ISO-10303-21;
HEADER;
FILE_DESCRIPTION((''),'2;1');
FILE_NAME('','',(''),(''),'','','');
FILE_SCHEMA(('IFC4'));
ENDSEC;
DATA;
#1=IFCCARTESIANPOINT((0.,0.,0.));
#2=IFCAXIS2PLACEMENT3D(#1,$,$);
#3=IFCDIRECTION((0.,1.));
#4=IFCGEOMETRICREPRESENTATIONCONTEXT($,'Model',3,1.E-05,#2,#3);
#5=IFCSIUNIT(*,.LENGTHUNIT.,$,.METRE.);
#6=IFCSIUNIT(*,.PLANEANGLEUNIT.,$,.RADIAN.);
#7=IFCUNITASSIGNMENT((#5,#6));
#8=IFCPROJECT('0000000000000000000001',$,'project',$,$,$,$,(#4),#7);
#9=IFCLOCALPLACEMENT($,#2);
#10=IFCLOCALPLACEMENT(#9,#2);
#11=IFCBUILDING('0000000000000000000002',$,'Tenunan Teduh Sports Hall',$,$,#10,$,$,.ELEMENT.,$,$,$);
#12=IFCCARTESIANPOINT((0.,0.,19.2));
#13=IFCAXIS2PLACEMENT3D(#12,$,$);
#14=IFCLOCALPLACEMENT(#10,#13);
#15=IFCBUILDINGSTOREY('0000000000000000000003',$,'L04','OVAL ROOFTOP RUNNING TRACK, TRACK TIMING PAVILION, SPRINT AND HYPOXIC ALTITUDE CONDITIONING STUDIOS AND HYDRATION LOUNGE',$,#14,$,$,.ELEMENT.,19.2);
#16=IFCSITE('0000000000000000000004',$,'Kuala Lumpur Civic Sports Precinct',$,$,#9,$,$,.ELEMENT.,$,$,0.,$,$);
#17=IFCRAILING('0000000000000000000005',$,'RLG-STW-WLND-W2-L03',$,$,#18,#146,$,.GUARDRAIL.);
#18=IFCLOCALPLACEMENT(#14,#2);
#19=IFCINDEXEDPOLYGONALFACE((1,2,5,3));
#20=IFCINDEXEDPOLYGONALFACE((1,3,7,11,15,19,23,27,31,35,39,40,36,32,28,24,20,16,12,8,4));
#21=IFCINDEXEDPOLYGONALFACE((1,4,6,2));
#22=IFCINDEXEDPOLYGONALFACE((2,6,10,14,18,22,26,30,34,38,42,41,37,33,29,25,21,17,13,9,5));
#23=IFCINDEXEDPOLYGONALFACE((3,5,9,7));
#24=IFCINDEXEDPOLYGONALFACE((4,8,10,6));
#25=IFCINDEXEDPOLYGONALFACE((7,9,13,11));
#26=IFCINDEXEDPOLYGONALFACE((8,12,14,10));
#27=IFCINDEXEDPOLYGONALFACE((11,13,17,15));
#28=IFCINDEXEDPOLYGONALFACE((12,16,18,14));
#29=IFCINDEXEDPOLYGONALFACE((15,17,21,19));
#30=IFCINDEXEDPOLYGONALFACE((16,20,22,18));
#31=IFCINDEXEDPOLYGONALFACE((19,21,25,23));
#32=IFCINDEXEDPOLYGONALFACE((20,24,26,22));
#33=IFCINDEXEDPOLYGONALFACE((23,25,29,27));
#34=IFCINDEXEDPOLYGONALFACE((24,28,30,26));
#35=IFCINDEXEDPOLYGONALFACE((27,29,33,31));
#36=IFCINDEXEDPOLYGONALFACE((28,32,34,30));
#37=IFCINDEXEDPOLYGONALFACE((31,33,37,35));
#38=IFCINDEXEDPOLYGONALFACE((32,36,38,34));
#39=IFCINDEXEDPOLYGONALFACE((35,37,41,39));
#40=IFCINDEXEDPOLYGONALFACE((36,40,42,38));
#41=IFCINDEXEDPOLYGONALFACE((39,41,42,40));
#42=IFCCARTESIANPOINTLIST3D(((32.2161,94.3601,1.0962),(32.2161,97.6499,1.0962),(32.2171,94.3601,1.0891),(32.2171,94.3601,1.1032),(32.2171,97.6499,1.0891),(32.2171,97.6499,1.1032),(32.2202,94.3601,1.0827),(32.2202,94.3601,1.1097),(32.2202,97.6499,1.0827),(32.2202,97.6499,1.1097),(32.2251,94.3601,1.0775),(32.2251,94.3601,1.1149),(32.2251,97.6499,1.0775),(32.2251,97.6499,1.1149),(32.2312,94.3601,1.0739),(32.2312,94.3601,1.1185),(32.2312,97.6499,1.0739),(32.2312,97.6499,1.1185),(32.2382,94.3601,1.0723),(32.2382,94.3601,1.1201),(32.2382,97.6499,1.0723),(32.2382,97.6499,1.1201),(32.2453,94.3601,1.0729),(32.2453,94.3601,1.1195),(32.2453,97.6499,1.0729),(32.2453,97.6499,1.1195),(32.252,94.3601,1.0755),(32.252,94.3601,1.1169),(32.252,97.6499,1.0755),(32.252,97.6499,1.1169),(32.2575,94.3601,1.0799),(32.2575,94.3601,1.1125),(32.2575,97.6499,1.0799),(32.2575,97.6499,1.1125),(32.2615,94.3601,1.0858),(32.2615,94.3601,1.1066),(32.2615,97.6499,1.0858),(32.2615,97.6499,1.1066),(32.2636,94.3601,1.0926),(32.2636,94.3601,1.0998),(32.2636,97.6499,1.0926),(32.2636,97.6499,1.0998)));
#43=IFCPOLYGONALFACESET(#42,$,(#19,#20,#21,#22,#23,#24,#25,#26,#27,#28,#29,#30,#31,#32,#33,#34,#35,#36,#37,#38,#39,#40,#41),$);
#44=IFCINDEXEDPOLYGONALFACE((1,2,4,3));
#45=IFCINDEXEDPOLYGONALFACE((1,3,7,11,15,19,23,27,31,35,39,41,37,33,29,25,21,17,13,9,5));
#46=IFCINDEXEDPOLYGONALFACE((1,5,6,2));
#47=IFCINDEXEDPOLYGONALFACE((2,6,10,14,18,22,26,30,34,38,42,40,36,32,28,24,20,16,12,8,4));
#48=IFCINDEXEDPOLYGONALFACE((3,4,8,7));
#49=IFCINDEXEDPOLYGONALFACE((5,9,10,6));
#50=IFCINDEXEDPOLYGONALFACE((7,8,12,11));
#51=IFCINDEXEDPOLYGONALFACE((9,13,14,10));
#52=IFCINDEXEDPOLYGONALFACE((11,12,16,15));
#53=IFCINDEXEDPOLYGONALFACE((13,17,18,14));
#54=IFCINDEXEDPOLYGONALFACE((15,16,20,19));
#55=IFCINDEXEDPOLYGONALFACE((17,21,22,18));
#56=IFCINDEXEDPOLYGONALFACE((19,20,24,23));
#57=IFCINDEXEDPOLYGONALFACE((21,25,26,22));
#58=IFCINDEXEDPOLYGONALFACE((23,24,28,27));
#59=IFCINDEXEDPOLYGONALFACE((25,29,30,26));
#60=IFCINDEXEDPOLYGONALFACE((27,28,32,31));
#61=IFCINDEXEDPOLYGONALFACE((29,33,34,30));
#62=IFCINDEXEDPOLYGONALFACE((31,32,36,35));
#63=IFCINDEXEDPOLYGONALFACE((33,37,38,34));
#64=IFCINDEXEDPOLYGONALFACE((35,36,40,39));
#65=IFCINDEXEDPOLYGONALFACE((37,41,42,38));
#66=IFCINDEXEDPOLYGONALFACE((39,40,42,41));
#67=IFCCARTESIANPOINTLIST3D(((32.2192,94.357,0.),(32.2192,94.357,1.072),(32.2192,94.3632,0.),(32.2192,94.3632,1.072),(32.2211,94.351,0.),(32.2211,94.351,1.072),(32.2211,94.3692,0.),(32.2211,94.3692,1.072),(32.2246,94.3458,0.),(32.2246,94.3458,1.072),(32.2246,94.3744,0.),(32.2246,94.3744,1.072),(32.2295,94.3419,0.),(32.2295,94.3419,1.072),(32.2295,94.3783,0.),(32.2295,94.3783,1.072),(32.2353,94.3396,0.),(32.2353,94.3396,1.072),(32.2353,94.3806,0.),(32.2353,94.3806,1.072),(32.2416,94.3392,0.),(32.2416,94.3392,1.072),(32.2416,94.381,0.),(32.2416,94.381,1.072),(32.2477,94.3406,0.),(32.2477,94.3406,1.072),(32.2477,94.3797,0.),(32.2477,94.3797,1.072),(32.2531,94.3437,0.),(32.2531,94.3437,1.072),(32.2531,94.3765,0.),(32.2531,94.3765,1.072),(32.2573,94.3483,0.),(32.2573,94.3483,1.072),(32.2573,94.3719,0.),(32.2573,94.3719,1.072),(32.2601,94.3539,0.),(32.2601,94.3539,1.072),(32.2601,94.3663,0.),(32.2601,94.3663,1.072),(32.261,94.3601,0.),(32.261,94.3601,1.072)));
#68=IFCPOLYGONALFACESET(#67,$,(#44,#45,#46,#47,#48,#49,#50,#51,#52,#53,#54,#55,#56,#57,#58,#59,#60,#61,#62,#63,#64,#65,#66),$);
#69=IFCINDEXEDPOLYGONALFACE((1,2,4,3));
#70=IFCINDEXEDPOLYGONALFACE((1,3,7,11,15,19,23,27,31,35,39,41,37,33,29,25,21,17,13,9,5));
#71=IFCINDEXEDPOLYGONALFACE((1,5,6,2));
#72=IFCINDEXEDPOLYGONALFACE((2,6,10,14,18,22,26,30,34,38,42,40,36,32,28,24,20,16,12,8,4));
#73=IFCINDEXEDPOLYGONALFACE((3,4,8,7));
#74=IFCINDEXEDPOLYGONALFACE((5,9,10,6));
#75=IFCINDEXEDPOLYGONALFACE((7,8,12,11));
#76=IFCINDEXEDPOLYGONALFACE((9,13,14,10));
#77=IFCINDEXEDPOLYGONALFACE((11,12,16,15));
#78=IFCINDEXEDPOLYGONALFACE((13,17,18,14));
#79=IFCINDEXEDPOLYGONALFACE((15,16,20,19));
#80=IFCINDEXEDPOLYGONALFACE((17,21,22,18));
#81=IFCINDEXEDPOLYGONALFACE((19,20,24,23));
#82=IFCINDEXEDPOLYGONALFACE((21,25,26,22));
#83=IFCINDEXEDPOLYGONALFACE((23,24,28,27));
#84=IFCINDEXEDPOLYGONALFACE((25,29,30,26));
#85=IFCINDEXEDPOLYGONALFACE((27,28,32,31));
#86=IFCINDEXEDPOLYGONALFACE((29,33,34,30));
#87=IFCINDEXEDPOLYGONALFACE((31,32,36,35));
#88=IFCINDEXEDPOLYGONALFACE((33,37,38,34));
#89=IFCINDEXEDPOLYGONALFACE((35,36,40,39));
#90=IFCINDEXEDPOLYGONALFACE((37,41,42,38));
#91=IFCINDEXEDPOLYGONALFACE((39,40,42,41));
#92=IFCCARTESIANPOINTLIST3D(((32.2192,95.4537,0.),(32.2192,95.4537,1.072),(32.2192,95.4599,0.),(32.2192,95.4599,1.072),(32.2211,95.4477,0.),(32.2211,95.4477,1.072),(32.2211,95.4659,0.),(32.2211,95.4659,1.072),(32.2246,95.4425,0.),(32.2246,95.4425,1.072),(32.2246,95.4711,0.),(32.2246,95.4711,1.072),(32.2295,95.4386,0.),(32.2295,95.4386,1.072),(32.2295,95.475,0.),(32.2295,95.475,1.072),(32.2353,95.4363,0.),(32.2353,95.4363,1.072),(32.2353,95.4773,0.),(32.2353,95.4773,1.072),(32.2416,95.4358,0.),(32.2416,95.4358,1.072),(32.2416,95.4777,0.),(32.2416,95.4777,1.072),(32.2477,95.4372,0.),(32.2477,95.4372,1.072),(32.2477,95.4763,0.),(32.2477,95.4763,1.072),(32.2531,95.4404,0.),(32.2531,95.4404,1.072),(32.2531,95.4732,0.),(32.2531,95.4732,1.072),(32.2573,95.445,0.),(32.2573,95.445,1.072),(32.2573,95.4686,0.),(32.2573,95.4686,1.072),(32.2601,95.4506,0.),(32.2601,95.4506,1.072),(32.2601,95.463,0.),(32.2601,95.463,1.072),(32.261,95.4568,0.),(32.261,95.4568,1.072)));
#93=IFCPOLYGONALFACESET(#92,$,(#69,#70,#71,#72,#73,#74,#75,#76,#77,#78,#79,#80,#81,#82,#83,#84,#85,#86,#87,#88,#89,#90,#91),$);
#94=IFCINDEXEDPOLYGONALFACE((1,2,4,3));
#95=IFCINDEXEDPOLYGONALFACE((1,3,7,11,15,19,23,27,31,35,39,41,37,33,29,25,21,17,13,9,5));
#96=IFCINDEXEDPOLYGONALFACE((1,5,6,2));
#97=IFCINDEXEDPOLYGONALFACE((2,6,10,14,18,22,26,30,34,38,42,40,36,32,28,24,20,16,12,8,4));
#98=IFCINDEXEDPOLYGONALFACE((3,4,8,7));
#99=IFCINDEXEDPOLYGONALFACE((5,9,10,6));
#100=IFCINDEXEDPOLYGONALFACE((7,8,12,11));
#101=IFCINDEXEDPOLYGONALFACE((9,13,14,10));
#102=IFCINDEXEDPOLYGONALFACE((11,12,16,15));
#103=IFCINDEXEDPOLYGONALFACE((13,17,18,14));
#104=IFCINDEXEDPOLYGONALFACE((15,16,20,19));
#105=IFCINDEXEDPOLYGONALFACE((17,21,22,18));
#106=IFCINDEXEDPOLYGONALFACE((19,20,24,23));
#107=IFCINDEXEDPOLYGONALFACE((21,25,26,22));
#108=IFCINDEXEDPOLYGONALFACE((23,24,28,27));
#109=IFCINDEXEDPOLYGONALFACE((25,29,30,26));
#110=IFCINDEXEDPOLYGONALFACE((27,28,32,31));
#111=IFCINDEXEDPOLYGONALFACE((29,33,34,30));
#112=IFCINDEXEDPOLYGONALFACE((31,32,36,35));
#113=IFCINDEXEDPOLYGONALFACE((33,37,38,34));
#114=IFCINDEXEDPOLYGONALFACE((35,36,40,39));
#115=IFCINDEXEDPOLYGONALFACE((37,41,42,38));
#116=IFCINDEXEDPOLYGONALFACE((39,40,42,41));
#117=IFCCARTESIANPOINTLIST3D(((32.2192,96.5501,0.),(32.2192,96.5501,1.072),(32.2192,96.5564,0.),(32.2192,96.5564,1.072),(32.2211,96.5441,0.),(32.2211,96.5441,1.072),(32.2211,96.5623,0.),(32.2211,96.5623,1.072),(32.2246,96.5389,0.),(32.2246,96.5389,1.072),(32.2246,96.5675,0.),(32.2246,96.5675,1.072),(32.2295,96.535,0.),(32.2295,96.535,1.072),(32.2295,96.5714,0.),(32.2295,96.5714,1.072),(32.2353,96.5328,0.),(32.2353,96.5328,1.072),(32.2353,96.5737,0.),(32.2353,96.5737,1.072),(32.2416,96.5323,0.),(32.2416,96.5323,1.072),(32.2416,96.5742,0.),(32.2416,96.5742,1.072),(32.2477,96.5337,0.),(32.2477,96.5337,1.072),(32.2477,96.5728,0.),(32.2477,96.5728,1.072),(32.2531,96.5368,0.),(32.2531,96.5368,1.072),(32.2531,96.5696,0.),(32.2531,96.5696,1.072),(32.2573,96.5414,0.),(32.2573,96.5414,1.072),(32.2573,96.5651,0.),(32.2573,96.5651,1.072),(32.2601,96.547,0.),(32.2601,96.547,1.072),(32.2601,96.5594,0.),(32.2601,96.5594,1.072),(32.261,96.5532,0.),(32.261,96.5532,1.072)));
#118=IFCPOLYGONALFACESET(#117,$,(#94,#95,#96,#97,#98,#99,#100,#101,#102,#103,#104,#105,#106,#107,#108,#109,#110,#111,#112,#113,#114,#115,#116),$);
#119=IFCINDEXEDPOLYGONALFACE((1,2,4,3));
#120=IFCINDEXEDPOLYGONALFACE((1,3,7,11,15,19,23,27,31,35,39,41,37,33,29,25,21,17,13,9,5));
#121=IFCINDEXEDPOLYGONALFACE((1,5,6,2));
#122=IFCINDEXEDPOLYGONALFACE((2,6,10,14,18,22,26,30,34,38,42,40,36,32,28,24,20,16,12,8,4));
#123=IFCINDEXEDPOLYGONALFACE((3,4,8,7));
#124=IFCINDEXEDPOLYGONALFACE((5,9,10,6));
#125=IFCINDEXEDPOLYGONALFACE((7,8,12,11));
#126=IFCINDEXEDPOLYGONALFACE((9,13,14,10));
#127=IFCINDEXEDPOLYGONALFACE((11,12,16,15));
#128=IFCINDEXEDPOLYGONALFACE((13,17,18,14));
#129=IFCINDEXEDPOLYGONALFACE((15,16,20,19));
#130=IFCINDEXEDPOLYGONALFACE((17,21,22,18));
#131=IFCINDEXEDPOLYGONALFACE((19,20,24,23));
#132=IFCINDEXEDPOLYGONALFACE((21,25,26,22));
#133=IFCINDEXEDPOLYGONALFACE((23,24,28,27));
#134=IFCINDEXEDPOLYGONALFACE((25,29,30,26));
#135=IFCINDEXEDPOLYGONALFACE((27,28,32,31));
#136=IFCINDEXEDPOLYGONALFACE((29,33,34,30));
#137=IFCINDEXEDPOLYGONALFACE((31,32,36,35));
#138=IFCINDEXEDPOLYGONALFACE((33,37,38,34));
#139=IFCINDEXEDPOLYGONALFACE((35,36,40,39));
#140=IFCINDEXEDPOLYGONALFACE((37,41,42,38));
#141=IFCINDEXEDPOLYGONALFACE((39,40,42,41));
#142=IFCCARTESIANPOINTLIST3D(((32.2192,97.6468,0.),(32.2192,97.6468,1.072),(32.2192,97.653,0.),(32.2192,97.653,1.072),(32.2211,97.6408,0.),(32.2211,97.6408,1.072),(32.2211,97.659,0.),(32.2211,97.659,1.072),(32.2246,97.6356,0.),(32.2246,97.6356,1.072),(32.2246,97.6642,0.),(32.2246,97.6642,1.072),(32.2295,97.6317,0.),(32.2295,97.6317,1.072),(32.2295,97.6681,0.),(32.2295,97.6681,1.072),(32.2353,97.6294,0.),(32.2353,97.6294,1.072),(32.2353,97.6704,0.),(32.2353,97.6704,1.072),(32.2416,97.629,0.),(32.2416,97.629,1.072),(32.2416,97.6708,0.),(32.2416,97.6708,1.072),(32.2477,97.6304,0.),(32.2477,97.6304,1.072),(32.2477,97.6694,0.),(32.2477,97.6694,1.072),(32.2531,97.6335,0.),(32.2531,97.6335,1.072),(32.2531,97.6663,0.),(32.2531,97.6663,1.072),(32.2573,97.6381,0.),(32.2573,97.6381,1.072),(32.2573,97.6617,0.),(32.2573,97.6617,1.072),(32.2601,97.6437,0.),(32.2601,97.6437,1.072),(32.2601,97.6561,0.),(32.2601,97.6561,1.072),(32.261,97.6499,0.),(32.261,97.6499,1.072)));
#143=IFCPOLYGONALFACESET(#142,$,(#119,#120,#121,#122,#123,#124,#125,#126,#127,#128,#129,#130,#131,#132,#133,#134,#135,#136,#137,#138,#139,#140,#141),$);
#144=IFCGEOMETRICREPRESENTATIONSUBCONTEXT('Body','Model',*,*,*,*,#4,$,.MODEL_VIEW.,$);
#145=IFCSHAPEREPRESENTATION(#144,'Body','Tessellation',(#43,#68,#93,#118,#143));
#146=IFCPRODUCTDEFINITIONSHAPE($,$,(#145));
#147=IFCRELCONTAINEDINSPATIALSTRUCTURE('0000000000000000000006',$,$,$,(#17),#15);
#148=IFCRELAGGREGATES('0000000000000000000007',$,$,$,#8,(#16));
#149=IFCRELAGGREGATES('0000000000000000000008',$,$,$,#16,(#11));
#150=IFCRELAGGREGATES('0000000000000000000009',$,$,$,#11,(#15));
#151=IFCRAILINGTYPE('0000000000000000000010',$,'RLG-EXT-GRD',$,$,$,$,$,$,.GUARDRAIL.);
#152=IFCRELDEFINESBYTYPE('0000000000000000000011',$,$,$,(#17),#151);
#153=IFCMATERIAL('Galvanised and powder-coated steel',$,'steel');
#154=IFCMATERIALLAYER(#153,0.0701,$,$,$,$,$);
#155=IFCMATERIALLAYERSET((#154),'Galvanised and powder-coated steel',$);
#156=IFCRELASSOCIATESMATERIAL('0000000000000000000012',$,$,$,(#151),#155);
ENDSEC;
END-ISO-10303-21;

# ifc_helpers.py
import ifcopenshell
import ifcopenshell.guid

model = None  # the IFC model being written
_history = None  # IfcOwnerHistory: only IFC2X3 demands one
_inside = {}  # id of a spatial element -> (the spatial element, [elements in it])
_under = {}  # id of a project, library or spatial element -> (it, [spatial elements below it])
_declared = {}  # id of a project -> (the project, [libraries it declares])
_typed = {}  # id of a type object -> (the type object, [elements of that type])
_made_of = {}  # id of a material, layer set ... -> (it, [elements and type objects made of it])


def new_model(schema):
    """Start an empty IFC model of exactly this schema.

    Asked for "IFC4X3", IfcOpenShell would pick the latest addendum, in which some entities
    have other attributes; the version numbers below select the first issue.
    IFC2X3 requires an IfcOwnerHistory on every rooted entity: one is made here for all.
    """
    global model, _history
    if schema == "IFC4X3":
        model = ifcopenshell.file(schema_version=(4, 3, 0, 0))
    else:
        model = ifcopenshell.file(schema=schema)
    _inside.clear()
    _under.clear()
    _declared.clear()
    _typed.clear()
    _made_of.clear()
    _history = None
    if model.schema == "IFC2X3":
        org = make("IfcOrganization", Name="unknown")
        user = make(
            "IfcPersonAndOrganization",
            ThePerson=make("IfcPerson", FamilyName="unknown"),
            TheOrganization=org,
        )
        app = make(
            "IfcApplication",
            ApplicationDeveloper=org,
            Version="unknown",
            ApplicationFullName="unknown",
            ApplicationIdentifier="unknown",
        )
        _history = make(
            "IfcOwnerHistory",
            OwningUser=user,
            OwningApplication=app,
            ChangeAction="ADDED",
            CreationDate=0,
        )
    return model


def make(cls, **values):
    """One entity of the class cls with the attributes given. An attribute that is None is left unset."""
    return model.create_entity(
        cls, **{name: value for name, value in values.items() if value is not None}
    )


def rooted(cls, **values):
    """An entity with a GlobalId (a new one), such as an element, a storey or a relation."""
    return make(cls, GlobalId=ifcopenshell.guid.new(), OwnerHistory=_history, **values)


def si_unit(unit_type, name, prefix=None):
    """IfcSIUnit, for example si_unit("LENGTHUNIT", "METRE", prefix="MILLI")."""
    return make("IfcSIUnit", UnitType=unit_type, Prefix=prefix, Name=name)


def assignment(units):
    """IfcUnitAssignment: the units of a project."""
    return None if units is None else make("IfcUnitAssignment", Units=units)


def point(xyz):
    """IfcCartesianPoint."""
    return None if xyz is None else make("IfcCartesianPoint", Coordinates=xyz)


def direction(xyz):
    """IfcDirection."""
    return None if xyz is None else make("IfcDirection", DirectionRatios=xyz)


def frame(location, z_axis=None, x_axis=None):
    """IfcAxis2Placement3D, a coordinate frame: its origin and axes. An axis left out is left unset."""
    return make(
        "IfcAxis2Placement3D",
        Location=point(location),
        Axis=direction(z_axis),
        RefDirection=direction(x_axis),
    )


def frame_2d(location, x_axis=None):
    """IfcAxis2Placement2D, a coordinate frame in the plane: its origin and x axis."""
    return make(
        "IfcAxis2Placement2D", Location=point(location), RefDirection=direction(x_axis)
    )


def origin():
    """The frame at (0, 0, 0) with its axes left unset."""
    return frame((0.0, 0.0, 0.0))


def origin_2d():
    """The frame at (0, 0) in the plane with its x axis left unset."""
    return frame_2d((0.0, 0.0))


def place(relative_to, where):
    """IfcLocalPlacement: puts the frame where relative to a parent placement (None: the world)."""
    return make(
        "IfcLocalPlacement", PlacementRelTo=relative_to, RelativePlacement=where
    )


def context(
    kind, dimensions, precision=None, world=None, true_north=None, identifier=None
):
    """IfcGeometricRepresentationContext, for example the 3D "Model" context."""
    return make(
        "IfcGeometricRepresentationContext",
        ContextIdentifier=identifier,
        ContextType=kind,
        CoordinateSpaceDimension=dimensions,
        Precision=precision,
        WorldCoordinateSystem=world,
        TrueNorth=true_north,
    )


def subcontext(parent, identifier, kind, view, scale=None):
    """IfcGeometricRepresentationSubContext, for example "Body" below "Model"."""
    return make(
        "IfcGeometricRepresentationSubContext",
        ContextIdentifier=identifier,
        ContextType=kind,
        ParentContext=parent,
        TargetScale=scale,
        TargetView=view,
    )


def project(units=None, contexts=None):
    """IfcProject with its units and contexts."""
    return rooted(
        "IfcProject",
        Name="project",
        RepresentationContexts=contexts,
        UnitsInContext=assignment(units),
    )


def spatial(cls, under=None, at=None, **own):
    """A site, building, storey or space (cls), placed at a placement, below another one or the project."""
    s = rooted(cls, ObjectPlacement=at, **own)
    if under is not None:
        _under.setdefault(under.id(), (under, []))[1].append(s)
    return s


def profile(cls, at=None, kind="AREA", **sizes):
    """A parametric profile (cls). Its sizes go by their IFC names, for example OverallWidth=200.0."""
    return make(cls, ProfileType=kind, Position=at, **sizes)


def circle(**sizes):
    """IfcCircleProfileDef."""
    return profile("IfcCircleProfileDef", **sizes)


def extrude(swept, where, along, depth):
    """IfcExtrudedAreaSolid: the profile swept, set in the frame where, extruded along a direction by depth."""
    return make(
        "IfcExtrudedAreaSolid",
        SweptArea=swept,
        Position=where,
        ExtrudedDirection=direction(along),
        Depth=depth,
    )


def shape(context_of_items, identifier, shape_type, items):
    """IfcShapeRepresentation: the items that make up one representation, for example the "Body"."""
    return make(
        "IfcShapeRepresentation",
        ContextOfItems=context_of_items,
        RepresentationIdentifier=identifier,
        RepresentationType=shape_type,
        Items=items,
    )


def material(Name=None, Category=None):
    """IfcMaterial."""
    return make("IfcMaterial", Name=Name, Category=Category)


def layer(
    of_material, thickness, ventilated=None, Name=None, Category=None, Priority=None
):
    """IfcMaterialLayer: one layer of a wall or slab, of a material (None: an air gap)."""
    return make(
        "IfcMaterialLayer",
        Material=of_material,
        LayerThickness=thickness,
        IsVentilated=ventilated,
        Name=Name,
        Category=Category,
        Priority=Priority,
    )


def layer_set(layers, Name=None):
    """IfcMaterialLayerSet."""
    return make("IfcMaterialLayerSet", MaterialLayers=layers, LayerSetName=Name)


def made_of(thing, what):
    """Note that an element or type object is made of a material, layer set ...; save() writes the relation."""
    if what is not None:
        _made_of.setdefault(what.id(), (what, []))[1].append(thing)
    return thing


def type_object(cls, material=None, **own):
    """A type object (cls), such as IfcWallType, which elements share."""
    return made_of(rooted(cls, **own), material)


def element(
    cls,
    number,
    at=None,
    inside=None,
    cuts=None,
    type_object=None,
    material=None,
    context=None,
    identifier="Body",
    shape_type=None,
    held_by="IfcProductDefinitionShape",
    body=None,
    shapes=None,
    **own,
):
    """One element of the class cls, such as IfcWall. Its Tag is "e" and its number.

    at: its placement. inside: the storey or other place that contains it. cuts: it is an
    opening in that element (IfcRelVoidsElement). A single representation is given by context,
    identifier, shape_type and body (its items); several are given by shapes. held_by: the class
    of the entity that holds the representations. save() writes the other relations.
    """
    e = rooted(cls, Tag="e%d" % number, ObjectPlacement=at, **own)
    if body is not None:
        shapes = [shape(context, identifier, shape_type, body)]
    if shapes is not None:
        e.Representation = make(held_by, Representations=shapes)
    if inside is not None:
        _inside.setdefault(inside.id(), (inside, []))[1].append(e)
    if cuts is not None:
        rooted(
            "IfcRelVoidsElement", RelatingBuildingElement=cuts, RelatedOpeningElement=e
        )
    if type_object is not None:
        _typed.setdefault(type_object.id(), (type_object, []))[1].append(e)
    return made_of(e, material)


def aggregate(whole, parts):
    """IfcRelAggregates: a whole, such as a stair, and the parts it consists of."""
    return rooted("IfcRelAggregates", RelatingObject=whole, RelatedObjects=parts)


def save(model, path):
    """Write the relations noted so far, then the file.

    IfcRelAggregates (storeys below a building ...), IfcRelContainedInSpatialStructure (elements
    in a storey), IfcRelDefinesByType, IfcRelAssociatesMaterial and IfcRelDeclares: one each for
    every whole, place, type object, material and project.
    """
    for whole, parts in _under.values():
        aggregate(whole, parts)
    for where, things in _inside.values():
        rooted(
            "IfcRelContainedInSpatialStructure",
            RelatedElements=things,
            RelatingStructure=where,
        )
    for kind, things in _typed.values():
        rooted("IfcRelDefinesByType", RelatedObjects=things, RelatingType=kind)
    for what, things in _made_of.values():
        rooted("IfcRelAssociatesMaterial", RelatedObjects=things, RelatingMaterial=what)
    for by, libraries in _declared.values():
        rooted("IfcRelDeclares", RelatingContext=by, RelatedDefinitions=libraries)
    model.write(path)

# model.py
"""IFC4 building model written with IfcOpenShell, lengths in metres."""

from ifc_helpers import new_model, si_unit, direction, frame, origin, origin_2d, place, context, subcontext, project, spatial, circle, extrude, material, layer, layer_set, type_object, element, save


model = new_model("IFC4")

# Units and contexts
model_context = context("Model", 3, precision=1e-05, world=origin(), true_north=direction((0.0, 1.0)))
body_context = subcontext(model_context, "Body", "Model", "MODEL_VIEW")
ifc_project = project(units=[si_unit("LENGTHUNIT", "METRE"), si_unit("PLANEANGLEUNIT", "RADIAN")], contexts=[model_context])

# Site, building, storey
site_placement = place(None, origin())
site = spatial("IfcSite", under=ifc_project, at=site_placement, Name="Kuala Lumpur Civic Sports Precinct", CompositionType="ELEMENT", RefElevation=0.0)
building_placement = place(site_placement, origin())
building = spatial("IfcBuilding", under=site, at=building_placement, Name="Tenunan Teduh Sports Hall", CompositionType="ELEMENT")
storey_placement = place(building_placement, frame((0.0, 0.0, 19.2)))
storey = spatial("IfcBuildingStorey", under=building, at=storey_placement, Name="L04", Description="OVAL ROOFTOP RUNNING TRACK, TRACK TIMING PAVILION, SPRINT AND HYPOXIC ALTITUDE CONDITIONING STUDIOS AND HYDRATION LOUNGE", CompositionType="ELEMENT", Elevation=19.2)

# Railing
ifc_material_1 = material(Name="Galvanised and powder-coated steel", Category="steel")
ifc_layer_1 = layer(ifc_material_1, 0.0701)
ifc_layer_set_1 = layer_set([ifc_layer_1], Name="Galvanised and powder-coated steel")
railing_type = type_object("IfcRailingType", Name="RLG-EXT-GRD", PredefinedType="GUARDRAIL", material=ifc_layer_set_1)
railing_1_placement = place(storey_placement, frame((32.24, 94.3601, 0.0)))
element("IfcRailing", 1, at=railing_1_placement, inside=storey, type_object=railing_type, Name="RLG-STW-WLND-W2-L03", PredefinedType="GUARDRAIL", context=body_context, shape_type="SweptSolid", body=[
    extrude(circle(Radius=0.0239, at=origin_2d()), frame((0.0, 0.0, 1.0962), z_axis=(0.0, 1.0, 0.0), x_axis=(-1.0, 0.0, 0.0)), (0.0, 0.0, 1.0), 3.2898),
    extrude(circle(Radius=0.021, at=origin_2d()), origin(), (0.0, 0.0, 1.0), 1.072),
    extrude(circle(Radius=0.021, at=origin_2d()), frame((0.0, 1.0967, 0.0)), (0.0, 0.0, 1.0), 1.072),
    extrude(circle(Radius=0.021, at=origin_2d()), frame((0.0, 2.1931, 0.0)), (0.0, 0.0, 1.0), 1.072),
    extrude(circle(Radius=0.021, at=origin_2d()), frame((0.0, 3.2898, 0.0)), (0.0, 0.0, 1.0), 1.072),
])

save(model, "model.ifc")
